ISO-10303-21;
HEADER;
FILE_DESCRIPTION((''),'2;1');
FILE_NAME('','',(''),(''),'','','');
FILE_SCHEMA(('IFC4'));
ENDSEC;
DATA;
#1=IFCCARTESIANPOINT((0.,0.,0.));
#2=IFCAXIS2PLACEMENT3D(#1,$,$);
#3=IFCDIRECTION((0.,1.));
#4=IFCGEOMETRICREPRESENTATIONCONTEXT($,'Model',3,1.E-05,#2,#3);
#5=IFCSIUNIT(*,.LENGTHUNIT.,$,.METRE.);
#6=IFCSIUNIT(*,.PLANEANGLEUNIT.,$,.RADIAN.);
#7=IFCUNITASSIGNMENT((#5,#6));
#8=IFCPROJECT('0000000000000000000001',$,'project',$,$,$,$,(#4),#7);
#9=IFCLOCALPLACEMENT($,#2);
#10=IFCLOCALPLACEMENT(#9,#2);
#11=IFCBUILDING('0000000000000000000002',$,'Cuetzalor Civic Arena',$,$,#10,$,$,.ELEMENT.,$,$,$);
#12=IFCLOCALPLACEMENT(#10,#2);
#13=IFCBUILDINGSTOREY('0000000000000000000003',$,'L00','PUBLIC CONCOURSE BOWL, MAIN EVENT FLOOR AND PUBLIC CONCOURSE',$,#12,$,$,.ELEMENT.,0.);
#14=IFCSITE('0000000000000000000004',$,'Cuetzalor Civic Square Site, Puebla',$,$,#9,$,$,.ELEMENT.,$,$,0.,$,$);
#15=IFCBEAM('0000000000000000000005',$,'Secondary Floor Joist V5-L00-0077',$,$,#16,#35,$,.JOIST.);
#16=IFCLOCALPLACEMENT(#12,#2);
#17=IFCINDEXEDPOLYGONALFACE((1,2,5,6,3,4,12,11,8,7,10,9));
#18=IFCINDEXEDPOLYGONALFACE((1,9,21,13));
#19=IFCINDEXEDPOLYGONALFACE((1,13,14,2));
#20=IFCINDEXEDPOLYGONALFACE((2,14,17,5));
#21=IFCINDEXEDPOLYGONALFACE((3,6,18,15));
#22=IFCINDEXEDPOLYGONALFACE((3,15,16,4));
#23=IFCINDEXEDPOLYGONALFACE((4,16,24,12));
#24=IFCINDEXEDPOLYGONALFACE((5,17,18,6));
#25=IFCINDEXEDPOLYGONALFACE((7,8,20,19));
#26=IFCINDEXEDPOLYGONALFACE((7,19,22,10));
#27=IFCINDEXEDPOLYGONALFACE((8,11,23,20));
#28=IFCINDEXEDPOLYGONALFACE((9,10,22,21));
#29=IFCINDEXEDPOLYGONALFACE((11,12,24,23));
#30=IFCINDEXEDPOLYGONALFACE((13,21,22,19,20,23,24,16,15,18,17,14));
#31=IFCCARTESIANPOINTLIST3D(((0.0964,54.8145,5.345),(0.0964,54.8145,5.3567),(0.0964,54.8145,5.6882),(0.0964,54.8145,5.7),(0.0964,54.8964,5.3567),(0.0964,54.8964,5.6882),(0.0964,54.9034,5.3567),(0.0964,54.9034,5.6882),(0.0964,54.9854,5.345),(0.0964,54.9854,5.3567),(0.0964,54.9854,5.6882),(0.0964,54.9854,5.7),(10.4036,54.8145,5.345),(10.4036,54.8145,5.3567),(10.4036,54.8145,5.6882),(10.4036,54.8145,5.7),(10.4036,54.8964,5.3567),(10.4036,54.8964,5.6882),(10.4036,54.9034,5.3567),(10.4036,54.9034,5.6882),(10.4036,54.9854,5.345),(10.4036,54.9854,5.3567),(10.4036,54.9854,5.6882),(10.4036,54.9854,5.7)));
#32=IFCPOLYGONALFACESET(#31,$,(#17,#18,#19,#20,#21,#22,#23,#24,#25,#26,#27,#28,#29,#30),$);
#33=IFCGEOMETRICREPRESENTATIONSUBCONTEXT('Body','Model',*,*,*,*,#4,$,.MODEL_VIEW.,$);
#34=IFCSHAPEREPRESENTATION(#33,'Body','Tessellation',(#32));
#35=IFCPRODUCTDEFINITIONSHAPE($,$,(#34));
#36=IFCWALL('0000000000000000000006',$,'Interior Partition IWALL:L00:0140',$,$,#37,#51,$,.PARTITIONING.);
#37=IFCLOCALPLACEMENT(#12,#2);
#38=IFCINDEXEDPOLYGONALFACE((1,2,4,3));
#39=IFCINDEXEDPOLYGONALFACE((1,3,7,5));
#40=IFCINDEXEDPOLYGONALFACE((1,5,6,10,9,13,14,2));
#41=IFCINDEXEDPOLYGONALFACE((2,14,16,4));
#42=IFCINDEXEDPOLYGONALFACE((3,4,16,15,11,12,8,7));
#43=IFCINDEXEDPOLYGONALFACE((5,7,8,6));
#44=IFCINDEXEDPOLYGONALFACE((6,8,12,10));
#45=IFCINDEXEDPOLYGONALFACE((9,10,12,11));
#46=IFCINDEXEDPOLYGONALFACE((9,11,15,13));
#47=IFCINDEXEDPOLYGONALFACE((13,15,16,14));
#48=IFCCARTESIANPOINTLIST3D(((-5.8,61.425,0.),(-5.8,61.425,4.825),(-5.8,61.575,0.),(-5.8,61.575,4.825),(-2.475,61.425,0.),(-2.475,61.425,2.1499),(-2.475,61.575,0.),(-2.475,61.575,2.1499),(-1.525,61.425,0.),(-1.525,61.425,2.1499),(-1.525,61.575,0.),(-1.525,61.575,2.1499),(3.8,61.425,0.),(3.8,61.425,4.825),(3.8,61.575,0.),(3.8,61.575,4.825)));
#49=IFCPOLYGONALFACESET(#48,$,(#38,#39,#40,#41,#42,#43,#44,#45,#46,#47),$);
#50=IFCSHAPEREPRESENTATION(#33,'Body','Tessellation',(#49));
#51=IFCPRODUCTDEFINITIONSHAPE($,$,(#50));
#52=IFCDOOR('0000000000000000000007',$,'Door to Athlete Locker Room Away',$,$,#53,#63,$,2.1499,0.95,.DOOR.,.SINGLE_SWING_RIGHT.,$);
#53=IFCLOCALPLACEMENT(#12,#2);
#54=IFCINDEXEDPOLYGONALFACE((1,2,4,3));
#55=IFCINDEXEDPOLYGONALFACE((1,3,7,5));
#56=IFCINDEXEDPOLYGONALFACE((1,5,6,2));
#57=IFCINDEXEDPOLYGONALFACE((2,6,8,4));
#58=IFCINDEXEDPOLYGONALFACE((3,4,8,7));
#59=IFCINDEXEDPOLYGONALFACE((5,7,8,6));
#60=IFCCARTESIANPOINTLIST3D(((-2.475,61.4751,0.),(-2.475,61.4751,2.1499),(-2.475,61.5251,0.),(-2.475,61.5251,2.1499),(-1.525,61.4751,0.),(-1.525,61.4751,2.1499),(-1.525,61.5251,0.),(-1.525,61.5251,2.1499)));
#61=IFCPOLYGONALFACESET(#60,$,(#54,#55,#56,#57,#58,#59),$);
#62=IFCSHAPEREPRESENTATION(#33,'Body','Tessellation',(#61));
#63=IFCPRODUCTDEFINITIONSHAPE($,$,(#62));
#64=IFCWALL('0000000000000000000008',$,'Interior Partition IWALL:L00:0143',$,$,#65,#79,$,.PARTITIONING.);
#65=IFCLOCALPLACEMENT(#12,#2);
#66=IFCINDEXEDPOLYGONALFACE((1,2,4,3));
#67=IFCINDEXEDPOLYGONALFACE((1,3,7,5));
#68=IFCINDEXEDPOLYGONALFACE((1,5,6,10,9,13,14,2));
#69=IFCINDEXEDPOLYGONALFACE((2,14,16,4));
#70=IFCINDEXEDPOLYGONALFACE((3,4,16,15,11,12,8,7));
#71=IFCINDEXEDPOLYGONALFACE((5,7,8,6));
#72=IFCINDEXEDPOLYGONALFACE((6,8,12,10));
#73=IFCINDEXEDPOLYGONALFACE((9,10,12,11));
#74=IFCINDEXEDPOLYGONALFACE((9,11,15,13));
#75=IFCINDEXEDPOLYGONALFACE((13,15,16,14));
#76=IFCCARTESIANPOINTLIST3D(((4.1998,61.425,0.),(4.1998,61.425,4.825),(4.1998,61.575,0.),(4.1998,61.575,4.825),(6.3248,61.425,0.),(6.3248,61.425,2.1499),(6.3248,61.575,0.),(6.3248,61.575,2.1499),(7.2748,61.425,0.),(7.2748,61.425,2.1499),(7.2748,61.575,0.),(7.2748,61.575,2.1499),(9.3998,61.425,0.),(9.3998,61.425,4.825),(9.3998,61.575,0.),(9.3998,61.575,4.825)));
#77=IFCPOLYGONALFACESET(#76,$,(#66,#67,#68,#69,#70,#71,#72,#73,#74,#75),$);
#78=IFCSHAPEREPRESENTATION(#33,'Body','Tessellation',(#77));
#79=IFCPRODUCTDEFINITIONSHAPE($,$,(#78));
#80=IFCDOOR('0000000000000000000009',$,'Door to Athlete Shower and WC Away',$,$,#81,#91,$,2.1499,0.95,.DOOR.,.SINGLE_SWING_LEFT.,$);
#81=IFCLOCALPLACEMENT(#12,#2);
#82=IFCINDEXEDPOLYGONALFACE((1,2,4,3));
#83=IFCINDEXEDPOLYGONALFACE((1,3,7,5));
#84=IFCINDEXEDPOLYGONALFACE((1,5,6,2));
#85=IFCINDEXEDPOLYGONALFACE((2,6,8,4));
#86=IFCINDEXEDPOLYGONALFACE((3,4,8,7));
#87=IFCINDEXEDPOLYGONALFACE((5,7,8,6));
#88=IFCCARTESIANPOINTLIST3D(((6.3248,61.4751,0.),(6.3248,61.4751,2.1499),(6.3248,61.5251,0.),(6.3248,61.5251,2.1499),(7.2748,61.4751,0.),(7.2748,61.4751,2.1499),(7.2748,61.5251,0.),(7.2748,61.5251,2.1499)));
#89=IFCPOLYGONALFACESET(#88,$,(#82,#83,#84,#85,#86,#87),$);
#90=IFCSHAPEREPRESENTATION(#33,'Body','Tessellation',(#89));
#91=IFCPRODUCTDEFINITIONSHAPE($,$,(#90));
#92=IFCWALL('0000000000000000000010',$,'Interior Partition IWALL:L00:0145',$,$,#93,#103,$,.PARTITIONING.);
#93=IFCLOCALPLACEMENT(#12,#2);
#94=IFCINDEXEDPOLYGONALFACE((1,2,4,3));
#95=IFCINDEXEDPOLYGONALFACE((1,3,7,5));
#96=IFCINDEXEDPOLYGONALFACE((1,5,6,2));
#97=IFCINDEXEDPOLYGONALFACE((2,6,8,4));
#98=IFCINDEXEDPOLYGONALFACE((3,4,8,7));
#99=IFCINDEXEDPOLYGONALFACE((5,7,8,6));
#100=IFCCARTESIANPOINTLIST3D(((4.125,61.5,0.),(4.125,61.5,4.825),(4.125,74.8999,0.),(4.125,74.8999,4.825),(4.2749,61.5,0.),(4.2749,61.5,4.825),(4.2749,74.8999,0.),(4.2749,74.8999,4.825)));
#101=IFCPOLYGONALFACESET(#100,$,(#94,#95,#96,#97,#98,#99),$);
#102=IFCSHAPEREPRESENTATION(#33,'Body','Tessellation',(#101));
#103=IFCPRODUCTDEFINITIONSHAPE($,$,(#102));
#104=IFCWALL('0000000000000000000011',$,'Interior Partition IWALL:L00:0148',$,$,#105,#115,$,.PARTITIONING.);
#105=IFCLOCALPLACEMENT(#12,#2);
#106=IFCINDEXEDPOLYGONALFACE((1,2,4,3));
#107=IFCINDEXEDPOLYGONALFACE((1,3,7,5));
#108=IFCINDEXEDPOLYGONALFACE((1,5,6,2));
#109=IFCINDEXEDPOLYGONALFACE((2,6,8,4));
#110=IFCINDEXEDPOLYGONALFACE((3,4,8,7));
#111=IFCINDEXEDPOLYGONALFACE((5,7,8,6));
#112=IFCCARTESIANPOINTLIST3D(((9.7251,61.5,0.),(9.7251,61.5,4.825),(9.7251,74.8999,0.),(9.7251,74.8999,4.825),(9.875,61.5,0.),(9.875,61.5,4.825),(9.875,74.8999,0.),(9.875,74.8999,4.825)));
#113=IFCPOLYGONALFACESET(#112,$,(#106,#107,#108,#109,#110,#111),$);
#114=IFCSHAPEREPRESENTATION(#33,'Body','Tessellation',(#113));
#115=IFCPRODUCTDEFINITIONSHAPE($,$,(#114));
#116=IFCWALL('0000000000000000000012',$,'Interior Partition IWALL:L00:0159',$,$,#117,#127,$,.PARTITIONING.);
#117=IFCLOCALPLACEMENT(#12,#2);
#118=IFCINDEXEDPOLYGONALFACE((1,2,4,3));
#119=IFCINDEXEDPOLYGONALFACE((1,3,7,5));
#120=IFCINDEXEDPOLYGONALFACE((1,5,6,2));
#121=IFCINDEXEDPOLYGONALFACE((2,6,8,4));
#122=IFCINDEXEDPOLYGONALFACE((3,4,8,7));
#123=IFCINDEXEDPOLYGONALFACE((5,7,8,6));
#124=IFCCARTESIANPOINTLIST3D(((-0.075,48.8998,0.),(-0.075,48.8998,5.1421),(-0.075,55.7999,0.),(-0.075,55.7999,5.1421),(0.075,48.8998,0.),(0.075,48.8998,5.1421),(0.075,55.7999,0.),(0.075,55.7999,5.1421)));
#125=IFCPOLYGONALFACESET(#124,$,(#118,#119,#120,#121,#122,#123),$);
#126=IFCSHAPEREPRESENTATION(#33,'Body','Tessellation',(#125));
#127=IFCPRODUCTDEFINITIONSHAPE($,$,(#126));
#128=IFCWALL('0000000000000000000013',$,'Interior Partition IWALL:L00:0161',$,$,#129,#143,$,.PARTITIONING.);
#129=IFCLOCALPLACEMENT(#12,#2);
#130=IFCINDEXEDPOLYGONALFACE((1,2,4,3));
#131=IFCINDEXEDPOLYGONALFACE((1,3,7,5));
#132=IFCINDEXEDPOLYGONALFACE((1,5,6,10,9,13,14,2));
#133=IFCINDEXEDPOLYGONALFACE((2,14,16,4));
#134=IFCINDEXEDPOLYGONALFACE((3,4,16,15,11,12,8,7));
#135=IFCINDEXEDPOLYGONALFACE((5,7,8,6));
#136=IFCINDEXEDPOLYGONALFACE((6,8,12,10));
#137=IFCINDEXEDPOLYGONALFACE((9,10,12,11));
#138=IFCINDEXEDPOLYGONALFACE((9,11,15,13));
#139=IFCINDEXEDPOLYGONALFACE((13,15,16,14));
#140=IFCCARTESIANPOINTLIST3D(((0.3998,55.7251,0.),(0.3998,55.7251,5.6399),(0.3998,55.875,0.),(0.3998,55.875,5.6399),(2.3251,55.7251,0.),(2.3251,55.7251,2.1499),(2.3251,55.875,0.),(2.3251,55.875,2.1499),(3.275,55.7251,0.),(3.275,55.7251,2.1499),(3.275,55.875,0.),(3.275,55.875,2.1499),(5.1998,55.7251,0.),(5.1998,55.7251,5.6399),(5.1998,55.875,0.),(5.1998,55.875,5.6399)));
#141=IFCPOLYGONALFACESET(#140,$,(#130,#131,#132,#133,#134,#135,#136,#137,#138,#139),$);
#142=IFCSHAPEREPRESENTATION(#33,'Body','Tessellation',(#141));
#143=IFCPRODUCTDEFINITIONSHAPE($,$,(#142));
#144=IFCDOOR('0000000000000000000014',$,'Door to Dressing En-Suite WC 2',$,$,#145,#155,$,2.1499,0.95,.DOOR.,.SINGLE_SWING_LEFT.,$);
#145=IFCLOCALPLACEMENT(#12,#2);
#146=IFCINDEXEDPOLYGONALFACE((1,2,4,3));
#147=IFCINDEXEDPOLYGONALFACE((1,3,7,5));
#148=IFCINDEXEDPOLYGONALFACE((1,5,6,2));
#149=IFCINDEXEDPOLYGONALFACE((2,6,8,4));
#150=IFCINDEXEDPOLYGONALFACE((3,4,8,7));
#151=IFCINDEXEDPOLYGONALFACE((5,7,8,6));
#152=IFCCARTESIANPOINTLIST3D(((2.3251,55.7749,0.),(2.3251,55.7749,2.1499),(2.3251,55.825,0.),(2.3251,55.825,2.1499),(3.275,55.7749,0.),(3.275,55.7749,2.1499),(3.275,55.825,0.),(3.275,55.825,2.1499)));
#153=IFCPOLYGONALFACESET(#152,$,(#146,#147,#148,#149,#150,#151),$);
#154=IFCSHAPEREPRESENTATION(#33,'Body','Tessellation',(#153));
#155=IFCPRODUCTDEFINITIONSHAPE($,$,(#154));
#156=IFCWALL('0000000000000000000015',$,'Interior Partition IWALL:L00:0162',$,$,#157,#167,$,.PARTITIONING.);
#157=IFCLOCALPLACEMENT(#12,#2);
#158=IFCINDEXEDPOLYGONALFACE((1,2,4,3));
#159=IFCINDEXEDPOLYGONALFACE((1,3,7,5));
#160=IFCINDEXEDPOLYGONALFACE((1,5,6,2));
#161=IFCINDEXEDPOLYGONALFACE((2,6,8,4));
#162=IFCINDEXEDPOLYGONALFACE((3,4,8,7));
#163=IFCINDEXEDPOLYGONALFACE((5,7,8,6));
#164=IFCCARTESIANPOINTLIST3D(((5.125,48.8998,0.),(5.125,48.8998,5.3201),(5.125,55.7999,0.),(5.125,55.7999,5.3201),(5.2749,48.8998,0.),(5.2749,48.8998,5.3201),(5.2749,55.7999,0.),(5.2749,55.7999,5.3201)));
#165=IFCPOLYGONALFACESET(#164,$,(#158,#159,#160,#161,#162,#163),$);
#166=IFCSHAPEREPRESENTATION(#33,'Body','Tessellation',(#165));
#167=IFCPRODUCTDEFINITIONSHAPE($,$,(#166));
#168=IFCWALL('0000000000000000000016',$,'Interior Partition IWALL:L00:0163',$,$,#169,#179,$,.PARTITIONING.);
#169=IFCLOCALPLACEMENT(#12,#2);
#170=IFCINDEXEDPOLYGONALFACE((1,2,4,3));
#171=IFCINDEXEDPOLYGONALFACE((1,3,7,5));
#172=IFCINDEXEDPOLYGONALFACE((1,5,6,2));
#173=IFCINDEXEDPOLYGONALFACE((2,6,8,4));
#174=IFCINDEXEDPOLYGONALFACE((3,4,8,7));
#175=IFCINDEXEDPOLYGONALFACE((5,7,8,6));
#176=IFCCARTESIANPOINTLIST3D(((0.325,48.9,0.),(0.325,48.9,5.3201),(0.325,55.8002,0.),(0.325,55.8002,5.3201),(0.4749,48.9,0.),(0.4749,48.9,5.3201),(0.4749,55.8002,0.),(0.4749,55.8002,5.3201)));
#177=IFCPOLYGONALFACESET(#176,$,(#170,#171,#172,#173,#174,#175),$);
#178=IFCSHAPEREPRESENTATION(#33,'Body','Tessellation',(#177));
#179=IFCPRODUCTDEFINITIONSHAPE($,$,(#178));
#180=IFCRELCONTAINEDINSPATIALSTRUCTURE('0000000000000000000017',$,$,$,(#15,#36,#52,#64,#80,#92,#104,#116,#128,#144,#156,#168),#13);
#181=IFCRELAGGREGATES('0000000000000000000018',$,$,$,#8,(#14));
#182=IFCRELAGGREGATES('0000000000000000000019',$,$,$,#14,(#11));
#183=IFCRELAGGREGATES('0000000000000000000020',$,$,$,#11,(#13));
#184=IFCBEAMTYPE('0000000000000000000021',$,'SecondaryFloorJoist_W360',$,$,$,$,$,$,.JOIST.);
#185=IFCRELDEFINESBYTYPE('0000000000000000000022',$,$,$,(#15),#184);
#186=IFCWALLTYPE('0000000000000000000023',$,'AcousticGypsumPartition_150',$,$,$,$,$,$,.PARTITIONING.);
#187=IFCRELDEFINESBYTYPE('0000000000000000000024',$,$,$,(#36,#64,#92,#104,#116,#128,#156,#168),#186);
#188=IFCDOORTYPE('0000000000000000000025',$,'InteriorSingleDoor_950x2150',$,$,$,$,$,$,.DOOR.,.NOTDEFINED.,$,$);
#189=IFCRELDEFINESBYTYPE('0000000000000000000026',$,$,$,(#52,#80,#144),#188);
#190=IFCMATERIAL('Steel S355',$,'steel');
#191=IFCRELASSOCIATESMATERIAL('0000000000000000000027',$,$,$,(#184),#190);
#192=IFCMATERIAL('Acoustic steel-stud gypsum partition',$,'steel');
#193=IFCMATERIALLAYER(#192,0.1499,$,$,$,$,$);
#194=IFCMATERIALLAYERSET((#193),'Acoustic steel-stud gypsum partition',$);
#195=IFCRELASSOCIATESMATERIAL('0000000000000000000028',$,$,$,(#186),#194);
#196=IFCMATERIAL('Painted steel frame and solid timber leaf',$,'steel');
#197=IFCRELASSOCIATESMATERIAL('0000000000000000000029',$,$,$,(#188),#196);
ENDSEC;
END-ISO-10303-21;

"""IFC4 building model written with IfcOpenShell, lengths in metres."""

from ifc_helpers import new_model, si_unit, direction, frame, frame_2d, origin, origin_2d, place, context, subcontext, project, spatial, rectangle, i_section, extrude, material, layer, layer_set, material_profile, profile_set, type_object, element, fill, save


model = new_model("IFC4")

# Units and contexts
model_context = context("Model", 3, precision=1e-05, world=origin(), true_north=direction((0.0, 1.0)))
body_context = subcontext(model_context, "Body", "Model", "MODEL_VIEW")
ifc_project = project(units=[si_unit("LENGTHUNIT", "METRE"), si_unit("PLANEANGLEUNIT", "RADIAN")], contexts=[model_context])

# Site, building, storey
site_placement = place(None, origin())
site = spatial("IfcSite", under=ifc_project, at=site_placement, Name="Cuetzalor Civic Square Site, Puebla", CompositionType="ELEMENT", RefElevation=0.0)
building_placement = place(site_placement, origin())
building = spatial("IfcBuilding", under=site, at=building_placement, Name="Cuetzalor Civic Arena", CompositionType="ELEMENT")
storey_placement = place(building_placement, origin())
storey = spatial("IfcBuildingStorey", under=building, at=storey_placement, Name="L00", Description="PUBLIC CONCOURSE BOWL, MAIN EVENT FLOOR AND PUBLIC CONCOURSE", CompositionType="ELEMENT", Elevation=0.0)

# Beam
ifc_material_1 = material(Name="Steel S355", Category="steel")
ifc_material_profile_1 = material_profile(ifc_material_1, i_section(OverallWidth=0.1709, OverallDepth=0.355, WebThickness=0.0071, FlangeThickness=0.0117, at=origin_2d()), Name="W360x51")
ifc_profile_set_1 = profile_set([ifc_material_profile_1], Name="Steel S355")
beam_type_1 = type_object("IfcBeamType", Name="SecondaryFloorJoist_W360", PredefinedType="JOIST", material=ifc_profile_set_1)
beam_1_placement = place(storey_placement, frame((0.0964, 54.8999, 5.5225), z_axis=(1.0, 0.0, 0.0), x_axis=(0.0, 1.0, 0.0)))
element("IfcBeam", 1, at=beam_1_placement, inside=storey, type_object=beam_type_1, Name="Secondary Floor Joist V5-L00-0077", PredefinedType="JOIST", context=body_context, shape_type="SweptSolid", body=[
    extrude(i_section(OverallWidth=0.1709, OverallDepth=0.355, WebThickness=0.0071, FlangeThickness=0.0117, at=origin_2d()), origin(), (0.0, 0.0, 1.0), 10.3071),
])

# Walls, openings, doors
ifc_material_2 = material(Name="Acoustic steel-stud gypsum partition", Category="steel")
ifc_layer = layer(ifc_material_2, 0.1499)
ifc_layer_set = layer_set([ifc_layer], Name="Acoustic steel-stud gypsum partition")
wall_type = type_object("IfcWallType", Name="AcousticGypsumPartition_150", PredefinedType="PARTITIONING", material=ifc_layer_set)
wall_1_placement = place(storey_placement, frame((3.8, 61.5, 0.0), z_axis=(0.0, 0.0, 1.0), x_axis=(-1.0, 0.0, 0.0)))
wall_1 = element("IfcWall", 2, at=wall_1_placement, inside=storey, type_object=wall_type, Name="Interior Partition IWALL:L00:0140", PredefinedType="PARTITIONING", context=body_context, shape_type="SweptSolid", body=[
    extrude(rectangle(XDim=9.6001, YDim=0.1499, at=frame_2d((4.8, 0.0))), origin(), (0.0, 0.0, 1.0), 4.825),
])
opening_1_placement = place(wall_1_placement, frame((5.325, 0.0, 0.0)))
opening_1 = element("IfcOpeningElement", 3, at=opening_1_placement, cuts=wall_1, PredefinedType="OPENING", context=body_context, shape_type="SweptSolid", body=[
    extrude(rectangle(XDim=0.95, YDim=2.1499, at=frame_2d((0.4751, 1.075))), frame((0.0, 0.085, 0.0), z_axis=(0.0, -1.0, 0.0), x_axis=(1.0, 0.0, 0.0)), (0.0, 0.0, 1.0), 0.1699),
])
ifc_material_3 = material(Name="Painted steel frame and solid timber leaf", Category="steel")
door_type = type_object("IfcDoorType", Name="InteriorSingleDoor_950x2150", OperationType="NOTDEFINED", PredefinedType="DOOR", material=ifc_material_3)
door_1_placement = place(opening_1_placement, origin())
door_1 = element("IfcDoor", 4, at=door_1_placement, inside=storey, type_object=door_type, Name="Door to Athlete Locker Room Away", OperationType="SINGLE_SWING_RIGHT", OverallHeight=2.1499, OverallWidth=0.95, PredefinedType="DOOR", context=body_context, shape_type="SweptSolid", body=[
    extrude(rectangle(XDim=0.95, YDim=2.1499, at=frame_2d((0.4751, 1.075))), frame((0.0, 0.0249, 0.0), z_axis=(0.0, -1.0, 0.0), x_axis=(1.0, 0.0, 0.0)), (0.0, 0.0, 1.0), 0.05),
])
fill(opening_1, door_1)
wall_2_placement = place(storey_placement, frame((9.3999, 61.5, 0.0), z_axis=(0.0, 0.0, 1.0), x_axis=(-1.0, 0.0, 0.0)))
wall_2 = element("IfcWall", 5, at=wall_2_placement, inside=storey, type_object=wall_type, Name="Interior Partition IWALL:L00:0143", PredefinedType="PARTITIONING", context=body_context, shape_type="SweptSolid", body=[
    extrude(rectangle(XDim=5.2, YDim=0.1499, at=frame_2d((2.6001, 0.0))), origin(), (0.0, 0.0, 1.0), 4.825),
])
opening_2_placement = place(wall_2_placement, frame((2.125, 0.0, 0.0)))
opening_2 = element("IfcOpeningElement", 6, at=opening_2_placement, cuts=wall_2, PredefinedType="OPENING", context=body_context, shape_type="SweptSolid", body=[
    extrude(rectangle(XDim=0.95, YDim=2.1499, at=frame_2d((0.4751, 1.075))), frame((0.0, 0.085, 0.0), z_axis=(0.0, -1.0, 0.0), x_axis=(1.0, 0.0, 0.0)), (0.0, 0.0, 1.0), 0.1699),
])
door_2_placement = place(opening_2_placement, origin())
door_2 = element("IfcDoor", 7, at=door_2_placement, inside=storey, type_object=door_type, Name="Door to Athlete Shower and WC Away", OperationType="SINGLE_SWING_LEFT", OverallHeight=2.1499, OverallWidth=0.95, PredefinedType="DOOR", context=body_context, shape_type="SweptSolid", body=[
    extrude(rectangle(XDim=0.95, YDim=2.1499, at=frame_2d((0.4751, 1.075))), frame((0.0, 0.0249, 0.0), z_axis=(0.0, -1.0, 0.0), x_axis=(1.0, 0.0, 0.0)), (0.0, 0.0, 1.0), 0.05),
])
fill(opening_2, door_2)

# Walls
for number, where, z_axis, x_axis, name in (
    (8, (4.2, 61.5, 0.0), (0.0, 0.0, 1.0), (0.0, 1.0, 0.0), "Interior Partition IWALL:L00:0145"),
    (9, (9.8, 61.5, 0.0), (0.0, 0.0, 1.0), (0.0, 1.0, 0.0), "Interior Partition IWALL:L00:0148"),
):
    element("IfcWall", number, at=place(storey_placement, frame(where, z_axis=z_axis, x_axis=x_axis)), inside=storey, type_object=wall_type, Name=name, PredefinedType="PARTITIONING", context=body_context, shape_type="SweptSolid", body=[
        extrude(rectangle(XDim=13.3999, YDim=0.1499, at=frame_2d((6.7, 0.0))), origin(), (0.0, 0.0, 1.0), 4.825),
    ])
wall_3_placement = place(storey_placement, frame((0.0, 55.8, 0.0), z_axis=(0.0, 0.0, 1.0), x_axis=(0.0, -1.0, 0.0)))
element("IfcWall", 10, at=wall_3_placement, inside=storey, type_object=wall_type, Name="Interior Partition IWALL:L00:0159", PredefinedType="PARTITIONING", context=body_context, shape_type="SweptSolid", body=[
    extrude(rectangle(XDim=6.9001, YDim=0.1499, at=frame_2d((3.4502, 0.0))), origin(), (0.0, 0.0, 1.0), 5.1421),
])

# Wall, opening, door
wall_4_placement = place(storey_placement, frame((0.3999, 55.8, 0.0), z_axis=(0.0, 0.0, 1.0), x_axis=(1.0, 0.0, 0.0)))
wall_4 = element("IfcWall", 11, at=wall_4_placement, inside=storey, type_object=wall_type, Name="Interior Partition IWALL:L00:0161", PredefinedType="PARTITIONING", context=body_context, shape_type="SweptSolid", body=[
    extrude(rectangle(XDim=4.8, YDim=0.1499, at=frame_2d((2.3999, 0.0))), origin(), (0.0, 0.0, 1.0), 5.6399),
])
opening_3_placement = place(wall_4_placement, frame((1.925, 0.0, 0.0)))
opening_3 = element("IfcOpeningElement", 12, at=opening_3_placement, cuts=wall_4, PredefinedType="OPENING", context=body_context, shape_type="SweptSolid", body=[
    extrude(rectangle(XDim=0.95, YDim=2.1499, at=frame_2d((0.4751, 1.075))), frame((0.0, 0.085, 0.0), z_axis=(0.0, -1.0, 0.0), x_axis=(1.0, 0.0, 0.0)), (0.0, 0.0, 1.0), 0.1699),
])
door_3_placement = place(opening_3_placement, origin())
door_3 = element("IfcDoor", 13, at=door_3_placement, inside=storey, type_object=door_type, Name="Door to Dressing En-Suite WC 2", OperationType="SINGLE_SWING_LEFT", OverallHeight=2.1499, OverallWidth=0.95, PredefinedType="DOOR", context=body_context, shape_type="SweptSolid", body=[
    extrude(rectangle(XDim=0.95, YDim=2.1499, at=frame_2d((0.4751, 1.075))), frame((0.0, 0.0249, 0.0), z_axis=(0.0, -1.0, 0.0), x_axis=(1.0, 0.0, 0.0)), (0.0, 0.0, 1.0), 0.05),
])
fill(opening_3, door_3)

# Walls
for number, where, z_axis, x_axis, name in (
    (14, (5.2, 55.8, 0.0), (0.0, 0.0, 1.0), (0.0, -1.0, 0.0), "Interior Partition IWALL:L00:0162"),
    (15, (0.3999, 48.8999, 0.0), (0.0, 0.0, 1.0), (0.0, 1.0, 0.0), "Interior Partition IWALL:L00:0163"),
):
    element("IfcWall", number, at=place(storey_placement, frame(where, z_axis=z_axis, x_axis=x_axis)), inside=storey, type_object=wall_type, Name=name, PredefinedType="PARTITIONING", context=body_context, shape_type="SweptSolid", body=[
        extrude(rectangle(XDim=6.9001, YDim=0.1499, at=frame_2d((3.4502, 0.0))), origin(), (0.0, 0.0, 1.0), 5.3201),
    ])

save(model, "model.ifc")
